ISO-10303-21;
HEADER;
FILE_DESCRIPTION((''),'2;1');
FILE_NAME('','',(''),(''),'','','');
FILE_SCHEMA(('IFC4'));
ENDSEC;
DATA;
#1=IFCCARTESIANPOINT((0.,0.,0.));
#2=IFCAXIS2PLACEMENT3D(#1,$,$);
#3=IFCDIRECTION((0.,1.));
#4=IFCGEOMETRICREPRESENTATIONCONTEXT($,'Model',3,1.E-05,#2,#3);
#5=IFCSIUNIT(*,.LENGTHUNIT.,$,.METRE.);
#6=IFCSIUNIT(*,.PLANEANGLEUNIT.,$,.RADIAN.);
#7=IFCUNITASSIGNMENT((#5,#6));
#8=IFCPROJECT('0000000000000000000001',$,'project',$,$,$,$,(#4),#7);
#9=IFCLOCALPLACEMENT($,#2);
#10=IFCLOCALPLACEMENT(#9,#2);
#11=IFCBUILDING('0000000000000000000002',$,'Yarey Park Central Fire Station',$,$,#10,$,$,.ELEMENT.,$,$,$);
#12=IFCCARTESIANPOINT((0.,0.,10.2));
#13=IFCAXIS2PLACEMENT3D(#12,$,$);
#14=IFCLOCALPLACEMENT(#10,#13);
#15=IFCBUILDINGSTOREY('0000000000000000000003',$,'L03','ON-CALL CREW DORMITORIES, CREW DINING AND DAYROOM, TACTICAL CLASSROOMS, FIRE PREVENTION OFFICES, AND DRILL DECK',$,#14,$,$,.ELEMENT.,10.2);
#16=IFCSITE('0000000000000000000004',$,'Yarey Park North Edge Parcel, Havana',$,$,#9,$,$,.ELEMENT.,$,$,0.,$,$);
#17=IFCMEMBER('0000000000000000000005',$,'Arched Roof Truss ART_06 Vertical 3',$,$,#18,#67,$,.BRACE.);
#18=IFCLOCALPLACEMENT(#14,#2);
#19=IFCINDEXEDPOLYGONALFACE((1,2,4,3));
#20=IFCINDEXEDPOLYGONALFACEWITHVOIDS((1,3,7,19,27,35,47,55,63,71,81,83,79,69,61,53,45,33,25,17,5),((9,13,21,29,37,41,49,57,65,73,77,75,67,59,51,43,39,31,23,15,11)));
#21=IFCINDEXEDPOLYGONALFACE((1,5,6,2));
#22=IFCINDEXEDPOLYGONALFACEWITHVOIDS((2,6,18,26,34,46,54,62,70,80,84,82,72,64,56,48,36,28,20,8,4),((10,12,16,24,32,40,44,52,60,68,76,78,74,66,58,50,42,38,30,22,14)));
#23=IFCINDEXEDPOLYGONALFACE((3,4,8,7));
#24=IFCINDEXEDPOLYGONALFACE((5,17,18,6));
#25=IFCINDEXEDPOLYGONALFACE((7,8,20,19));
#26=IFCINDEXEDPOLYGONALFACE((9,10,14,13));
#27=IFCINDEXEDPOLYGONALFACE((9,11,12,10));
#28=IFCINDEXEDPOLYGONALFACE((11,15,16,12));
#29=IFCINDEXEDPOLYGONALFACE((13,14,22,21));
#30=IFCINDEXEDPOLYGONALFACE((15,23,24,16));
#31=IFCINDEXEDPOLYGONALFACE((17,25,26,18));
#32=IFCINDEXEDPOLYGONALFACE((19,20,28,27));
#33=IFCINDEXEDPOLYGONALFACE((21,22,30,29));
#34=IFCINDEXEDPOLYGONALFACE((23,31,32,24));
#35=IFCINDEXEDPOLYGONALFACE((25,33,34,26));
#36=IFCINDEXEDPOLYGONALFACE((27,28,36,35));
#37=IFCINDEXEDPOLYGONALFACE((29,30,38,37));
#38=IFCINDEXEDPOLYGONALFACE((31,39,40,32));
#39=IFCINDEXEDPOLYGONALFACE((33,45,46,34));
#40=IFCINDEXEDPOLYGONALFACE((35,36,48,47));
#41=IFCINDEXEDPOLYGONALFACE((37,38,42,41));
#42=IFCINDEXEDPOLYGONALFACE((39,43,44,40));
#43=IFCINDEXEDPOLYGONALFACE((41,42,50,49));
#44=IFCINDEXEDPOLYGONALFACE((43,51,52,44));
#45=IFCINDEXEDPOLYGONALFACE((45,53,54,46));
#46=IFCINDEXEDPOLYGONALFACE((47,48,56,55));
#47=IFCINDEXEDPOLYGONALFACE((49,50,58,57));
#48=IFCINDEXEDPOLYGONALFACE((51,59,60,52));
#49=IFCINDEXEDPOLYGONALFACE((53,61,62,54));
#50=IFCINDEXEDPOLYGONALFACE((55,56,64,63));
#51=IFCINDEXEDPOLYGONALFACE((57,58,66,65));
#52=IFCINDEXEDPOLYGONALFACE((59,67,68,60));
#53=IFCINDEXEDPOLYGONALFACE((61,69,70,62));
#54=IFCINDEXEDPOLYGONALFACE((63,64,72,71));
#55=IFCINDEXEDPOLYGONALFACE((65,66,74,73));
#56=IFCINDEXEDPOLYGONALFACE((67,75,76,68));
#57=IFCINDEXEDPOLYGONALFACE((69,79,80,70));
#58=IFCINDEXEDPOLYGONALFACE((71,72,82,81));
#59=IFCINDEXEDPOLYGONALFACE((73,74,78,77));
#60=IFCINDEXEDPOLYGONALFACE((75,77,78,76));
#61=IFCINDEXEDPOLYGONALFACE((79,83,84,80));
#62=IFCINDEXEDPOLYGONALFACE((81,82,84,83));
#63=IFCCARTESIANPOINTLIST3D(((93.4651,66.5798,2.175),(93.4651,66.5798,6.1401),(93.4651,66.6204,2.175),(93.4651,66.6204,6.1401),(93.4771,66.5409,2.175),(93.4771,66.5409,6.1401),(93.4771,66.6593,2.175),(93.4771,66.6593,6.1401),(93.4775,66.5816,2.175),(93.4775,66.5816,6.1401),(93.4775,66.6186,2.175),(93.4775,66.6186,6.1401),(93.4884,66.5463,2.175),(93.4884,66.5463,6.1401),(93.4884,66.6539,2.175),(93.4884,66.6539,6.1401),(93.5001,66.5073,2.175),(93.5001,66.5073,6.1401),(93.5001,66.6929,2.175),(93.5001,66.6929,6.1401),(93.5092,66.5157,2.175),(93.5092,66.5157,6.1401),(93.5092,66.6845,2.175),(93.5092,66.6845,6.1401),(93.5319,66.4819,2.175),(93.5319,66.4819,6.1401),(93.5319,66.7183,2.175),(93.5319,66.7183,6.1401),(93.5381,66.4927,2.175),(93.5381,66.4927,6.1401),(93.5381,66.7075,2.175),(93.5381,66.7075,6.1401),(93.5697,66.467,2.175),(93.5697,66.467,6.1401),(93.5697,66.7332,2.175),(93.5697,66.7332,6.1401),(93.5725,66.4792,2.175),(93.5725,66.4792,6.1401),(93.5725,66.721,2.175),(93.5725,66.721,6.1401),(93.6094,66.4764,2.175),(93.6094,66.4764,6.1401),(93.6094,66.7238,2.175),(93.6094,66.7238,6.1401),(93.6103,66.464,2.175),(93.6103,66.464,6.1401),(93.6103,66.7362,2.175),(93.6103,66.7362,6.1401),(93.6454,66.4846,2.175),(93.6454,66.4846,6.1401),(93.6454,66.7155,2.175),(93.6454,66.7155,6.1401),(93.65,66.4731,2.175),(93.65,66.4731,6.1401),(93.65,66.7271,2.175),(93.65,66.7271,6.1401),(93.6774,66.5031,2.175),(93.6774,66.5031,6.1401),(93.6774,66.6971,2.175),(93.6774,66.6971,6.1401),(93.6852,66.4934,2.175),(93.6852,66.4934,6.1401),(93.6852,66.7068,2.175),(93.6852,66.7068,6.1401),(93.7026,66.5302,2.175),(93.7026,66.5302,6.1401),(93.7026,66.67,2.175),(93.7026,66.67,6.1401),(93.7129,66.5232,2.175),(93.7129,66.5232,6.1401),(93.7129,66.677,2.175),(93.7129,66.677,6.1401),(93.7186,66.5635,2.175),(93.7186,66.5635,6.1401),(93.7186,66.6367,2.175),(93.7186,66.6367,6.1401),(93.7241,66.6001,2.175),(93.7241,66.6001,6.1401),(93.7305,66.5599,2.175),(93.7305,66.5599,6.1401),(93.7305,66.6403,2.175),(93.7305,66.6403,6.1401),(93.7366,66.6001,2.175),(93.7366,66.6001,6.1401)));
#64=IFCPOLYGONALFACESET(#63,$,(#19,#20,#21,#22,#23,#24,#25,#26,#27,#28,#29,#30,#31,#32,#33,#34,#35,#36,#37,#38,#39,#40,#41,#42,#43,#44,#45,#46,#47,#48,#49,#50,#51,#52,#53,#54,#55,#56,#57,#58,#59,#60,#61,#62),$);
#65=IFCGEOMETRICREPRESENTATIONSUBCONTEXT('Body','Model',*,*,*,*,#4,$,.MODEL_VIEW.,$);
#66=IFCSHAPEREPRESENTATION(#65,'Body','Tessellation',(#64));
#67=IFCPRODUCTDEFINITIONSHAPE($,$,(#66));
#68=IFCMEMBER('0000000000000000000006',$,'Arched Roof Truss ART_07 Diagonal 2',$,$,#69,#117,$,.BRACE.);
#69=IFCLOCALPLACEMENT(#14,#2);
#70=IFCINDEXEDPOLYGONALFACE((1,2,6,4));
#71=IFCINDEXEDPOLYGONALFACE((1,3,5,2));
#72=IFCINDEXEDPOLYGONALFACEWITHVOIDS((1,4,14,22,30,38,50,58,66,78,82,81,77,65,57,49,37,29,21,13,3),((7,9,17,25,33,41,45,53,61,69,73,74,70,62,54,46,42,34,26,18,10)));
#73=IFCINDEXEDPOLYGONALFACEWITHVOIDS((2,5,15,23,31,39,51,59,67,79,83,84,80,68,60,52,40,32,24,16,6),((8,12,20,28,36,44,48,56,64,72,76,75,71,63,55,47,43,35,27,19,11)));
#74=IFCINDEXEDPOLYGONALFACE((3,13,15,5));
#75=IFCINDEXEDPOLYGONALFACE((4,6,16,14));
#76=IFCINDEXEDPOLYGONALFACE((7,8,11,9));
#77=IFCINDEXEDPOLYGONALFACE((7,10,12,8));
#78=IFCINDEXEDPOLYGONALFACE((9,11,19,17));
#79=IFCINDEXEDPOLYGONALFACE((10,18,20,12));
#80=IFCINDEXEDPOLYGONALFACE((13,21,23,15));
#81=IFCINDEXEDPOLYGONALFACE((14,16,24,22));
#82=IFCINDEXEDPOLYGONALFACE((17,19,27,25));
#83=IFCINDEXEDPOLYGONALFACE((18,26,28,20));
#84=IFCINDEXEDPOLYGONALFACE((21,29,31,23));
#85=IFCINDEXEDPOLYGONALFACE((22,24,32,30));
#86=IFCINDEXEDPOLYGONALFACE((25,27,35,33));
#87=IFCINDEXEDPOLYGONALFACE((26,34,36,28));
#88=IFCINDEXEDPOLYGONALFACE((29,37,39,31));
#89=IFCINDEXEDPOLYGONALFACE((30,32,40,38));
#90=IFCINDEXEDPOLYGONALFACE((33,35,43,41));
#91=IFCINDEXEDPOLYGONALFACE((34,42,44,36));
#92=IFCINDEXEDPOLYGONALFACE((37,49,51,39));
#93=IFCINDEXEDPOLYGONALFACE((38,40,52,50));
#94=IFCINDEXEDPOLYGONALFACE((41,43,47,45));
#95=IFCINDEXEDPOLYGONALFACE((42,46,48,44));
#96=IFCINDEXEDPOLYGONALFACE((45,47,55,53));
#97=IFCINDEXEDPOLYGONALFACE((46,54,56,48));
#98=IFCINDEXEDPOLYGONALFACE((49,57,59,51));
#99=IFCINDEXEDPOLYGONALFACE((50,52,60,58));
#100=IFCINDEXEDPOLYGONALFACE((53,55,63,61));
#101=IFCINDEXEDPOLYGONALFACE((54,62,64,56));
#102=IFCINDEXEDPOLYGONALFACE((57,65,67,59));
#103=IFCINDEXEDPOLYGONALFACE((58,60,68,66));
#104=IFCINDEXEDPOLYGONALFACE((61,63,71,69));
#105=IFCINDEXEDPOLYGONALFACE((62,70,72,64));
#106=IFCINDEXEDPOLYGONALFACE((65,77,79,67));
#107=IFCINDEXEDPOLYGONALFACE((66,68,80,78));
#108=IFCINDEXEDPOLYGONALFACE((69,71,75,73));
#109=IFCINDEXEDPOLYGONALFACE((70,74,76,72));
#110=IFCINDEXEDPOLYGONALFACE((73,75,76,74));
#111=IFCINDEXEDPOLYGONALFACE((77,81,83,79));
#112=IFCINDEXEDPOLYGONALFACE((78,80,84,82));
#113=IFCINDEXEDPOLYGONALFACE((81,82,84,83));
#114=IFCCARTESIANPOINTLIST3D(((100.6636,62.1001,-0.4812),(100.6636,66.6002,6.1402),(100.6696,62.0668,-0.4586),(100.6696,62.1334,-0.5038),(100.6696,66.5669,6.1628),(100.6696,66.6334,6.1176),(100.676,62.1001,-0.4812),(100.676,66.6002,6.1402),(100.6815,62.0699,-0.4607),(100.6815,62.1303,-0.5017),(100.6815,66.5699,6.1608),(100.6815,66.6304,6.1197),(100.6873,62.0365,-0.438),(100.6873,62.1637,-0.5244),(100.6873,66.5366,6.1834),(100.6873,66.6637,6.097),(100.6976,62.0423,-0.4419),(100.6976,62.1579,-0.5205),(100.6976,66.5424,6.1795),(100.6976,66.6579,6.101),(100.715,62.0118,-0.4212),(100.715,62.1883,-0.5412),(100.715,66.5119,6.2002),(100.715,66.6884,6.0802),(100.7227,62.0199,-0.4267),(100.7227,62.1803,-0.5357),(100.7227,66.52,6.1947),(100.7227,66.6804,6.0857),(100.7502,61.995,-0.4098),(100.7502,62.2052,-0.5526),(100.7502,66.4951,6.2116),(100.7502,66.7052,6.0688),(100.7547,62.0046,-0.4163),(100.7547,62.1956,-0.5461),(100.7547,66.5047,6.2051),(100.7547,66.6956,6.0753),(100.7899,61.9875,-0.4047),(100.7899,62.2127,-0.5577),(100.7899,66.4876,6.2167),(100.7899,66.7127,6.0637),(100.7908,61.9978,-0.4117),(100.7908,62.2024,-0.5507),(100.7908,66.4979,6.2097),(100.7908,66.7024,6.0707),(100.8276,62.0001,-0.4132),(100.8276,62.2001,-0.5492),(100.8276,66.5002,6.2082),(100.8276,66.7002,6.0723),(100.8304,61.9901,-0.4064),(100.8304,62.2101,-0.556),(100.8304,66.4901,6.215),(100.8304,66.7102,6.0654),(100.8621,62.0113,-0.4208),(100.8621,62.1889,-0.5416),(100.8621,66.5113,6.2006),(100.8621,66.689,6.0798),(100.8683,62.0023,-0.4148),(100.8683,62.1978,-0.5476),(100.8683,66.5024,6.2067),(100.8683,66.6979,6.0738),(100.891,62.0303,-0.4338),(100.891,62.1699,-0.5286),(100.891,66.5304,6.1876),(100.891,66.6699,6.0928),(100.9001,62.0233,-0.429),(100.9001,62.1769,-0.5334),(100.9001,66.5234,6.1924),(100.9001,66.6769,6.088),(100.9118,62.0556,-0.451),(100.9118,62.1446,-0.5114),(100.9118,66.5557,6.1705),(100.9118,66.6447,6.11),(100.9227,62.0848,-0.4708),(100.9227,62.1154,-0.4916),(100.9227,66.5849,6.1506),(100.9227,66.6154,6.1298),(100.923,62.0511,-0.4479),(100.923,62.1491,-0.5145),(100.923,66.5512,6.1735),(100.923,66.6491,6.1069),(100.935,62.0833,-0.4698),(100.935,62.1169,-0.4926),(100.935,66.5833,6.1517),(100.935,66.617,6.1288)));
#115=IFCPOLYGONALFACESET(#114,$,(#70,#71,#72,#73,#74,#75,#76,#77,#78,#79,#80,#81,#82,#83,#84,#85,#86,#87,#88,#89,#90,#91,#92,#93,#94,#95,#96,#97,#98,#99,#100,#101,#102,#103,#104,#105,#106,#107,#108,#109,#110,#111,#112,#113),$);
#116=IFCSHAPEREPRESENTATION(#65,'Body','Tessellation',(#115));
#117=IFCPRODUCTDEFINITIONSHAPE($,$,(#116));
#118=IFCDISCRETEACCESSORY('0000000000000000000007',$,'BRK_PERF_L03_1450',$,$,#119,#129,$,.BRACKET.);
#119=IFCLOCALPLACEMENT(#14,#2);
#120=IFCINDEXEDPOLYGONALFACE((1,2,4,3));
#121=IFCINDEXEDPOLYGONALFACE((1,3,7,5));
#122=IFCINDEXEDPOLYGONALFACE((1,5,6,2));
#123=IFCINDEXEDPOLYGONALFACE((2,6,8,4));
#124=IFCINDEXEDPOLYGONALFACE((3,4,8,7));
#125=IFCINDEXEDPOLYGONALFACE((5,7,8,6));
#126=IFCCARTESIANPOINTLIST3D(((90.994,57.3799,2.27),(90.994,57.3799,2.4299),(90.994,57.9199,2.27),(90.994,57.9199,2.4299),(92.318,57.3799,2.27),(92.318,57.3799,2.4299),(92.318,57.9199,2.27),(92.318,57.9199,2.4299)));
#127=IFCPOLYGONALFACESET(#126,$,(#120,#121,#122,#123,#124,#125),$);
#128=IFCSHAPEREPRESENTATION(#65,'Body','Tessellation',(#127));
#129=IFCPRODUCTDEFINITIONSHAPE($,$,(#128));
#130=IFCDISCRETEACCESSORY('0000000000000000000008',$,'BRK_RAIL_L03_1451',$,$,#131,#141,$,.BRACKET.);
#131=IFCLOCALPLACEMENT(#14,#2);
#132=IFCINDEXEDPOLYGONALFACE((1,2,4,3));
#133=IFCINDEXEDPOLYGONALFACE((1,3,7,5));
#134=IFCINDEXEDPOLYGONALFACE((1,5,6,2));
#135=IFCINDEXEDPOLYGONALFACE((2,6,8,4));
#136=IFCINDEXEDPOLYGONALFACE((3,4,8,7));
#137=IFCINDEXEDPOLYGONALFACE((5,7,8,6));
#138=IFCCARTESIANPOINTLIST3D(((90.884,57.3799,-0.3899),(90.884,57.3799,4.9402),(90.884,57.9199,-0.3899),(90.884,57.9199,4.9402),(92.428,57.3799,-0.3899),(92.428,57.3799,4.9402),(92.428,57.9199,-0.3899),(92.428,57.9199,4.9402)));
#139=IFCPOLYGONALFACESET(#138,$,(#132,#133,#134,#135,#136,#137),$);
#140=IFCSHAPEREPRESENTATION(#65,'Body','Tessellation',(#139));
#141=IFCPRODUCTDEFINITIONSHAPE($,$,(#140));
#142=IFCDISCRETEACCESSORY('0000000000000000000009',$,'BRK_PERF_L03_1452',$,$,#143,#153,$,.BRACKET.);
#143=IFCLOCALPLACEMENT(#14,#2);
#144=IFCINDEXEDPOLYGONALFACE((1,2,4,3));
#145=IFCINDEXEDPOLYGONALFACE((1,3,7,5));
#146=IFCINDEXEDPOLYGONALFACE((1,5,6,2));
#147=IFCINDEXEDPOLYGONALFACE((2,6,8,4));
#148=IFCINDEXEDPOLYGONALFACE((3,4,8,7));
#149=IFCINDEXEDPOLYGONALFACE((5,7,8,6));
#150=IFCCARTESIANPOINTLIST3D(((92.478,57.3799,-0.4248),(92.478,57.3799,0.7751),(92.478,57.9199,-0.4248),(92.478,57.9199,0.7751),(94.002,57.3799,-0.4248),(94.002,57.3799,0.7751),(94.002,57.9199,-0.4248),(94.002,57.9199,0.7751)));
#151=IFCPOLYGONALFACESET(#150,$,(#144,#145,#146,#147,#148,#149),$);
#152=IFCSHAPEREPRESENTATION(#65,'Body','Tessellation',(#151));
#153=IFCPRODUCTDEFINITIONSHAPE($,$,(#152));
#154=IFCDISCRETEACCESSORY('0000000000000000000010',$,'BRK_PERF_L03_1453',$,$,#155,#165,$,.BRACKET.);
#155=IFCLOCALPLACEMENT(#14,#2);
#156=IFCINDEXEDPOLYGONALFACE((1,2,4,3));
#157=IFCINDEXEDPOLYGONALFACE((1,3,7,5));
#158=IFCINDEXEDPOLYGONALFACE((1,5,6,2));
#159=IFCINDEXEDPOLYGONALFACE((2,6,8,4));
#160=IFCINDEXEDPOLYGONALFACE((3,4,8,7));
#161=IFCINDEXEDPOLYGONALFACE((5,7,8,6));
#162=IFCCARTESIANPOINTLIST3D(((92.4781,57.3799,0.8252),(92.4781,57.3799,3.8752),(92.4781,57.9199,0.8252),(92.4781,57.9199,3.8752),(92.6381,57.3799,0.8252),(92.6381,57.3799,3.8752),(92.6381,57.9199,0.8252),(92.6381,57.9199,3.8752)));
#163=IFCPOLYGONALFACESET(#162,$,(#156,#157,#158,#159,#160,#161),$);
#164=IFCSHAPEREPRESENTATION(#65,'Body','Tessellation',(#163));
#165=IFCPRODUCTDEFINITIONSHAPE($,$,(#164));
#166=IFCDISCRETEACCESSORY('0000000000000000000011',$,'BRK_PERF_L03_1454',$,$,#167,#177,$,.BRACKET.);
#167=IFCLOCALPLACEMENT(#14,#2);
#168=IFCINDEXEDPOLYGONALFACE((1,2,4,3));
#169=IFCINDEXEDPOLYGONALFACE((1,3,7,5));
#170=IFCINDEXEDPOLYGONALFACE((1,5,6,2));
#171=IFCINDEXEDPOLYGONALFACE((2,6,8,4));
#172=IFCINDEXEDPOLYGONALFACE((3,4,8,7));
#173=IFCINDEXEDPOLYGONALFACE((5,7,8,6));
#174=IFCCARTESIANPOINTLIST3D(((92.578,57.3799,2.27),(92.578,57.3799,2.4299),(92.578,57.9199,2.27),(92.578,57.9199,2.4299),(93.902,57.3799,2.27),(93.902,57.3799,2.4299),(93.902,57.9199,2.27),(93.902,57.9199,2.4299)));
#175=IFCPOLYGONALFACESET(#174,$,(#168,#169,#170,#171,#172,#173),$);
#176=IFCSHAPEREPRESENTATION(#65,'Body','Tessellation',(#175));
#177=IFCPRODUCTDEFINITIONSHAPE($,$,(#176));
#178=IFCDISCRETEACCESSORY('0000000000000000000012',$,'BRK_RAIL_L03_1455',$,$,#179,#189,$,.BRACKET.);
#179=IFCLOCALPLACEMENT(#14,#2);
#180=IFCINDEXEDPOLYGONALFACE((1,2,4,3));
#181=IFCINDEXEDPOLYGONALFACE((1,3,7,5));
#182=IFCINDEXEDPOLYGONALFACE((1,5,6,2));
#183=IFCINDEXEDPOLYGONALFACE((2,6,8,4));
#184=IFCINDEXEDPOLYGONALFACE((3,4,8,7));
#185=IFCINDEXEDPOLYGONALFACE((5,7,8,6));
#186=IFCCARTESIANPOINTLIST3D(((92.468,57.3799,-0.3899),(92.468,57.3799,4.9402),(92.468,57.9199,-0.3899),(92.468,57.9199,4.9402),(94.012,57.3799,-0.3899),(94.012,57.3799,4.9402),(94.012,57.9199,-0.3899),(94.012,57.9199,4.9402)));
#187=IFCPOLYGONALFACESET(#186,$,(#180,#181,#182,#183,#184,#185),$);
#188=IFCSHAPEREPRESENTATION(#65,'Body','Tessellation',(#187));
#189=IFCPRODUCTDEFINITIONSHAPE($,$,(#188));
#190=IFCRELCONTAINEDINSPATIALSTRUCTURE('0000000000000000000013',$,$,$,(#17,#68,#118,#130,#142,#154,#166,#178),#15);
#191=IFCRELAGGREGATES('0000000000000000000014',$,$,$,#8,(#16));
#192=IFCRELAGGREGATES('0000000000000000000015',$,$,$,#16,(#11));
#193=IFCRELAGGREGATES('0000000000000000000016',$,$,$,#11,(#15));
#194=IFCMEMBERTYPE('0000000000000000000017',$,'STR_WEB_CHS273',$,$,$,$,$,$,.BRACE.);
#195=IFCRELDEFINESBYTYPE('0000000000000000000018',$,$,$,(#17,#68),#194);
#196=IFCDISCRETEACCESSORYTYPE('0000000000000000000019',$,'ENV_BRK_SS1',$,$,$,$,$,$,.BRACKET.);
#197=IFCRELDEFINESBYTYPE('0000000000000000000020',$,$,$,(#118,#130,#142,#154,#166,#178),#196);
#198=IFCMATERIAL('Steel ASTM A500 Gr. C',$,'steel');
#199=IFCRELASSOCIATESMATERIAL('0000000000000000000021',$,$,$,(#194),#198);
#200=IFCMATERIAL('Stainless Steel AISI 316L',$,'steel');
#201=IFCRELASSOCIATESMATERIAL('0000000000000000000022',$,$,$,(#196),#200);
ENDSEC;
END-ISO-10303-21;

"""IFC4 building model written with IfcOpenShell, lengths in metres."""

from ifc_helpers import new_model, si_unit, direction, frame, origin, origin_2d, place, context, subcontext, project, spatial, rectangle, hollow_circle, extrude, material, material_profile, profile_set, type_object, element, save


model = new_model("IFC4")

# Units and contexts
model_context = context("Model", 3, precision=1e-05, world=origin(), true_north=direction((0.0, 1.0)))
body_context = subcontext(model_context, "Body", "Model", "MODEL_VIEW")
ifc_project = project(units=[si_unit("LENGTHUNIT", "METRE"), si_unit("PLANEANGLEUNIT", "RADIAN")], contexts=[model_context])

# Site, building, storey
site_placement = place(None, origin())
site = spatial("IfcSite", under=ifc_project, at=site_placement, Name="Yarey Park North Edge Parcel, Havana", CompositionType="ELEMENT", RefElevation=0.0)
building_placement = place(site_placement, origin())
building = spatial("IfcBuilding", under=site, at=building_placement, Name="Yarey Park Central Fire Station", CompositionType="ELEMENT")
storey_placement = place(building_placement, frame((0.0, 0.0, 10.2)))
storey = spatial("IfcBuildingStorey", under=building, at=storey_placement, Name="L03", Description="ON-CALL CREW DORMITORIES, CREW DINING AND DAYROOM, TACTICAL CLASSROOMS, FIRE PREVENTION OFFICES, AND DRILL DECK", CompositionType="ELEMENT", Elevation=10.2)

# Members
ifc_material_1 = material(Name="Steel ASTM A500 Gr. C", Category="steel")
ifc_material_profile_1 = material_profile(ifc_material_1, hollow_circle(Radius=0.1365, WallThickness=0.0125, at=origin_2d()), Name="CHS 273x12.5")
ifc_profile_set_1 = profile_set([ifc_material_profile_1], Name="Steel ASTM A500 Gr. C")
member_type_1 = type_object("IfcMemberType", Name="STR_WEB_CHS273", PredefinedType="BRACE", material=ifc_profile_set_1)
member_1_placement = place(storey_placement, frame((93.6001, 66.6001, 2.175), z_axis=(0.0, 0.0, 1.0), x_axis=(1.0, 0.0, 0.0)))
element("IfcMember", 1, at=member_1_placement, inside=storey, type_object=member_type_1, Name="Arched Roof Truss ART_06 Vertical 3", PredefinedType="BRACE", context=body_context, shape_type="SweptSolid", body=[
    extrude(hollow_circle(Radius=0.1365, WallThickness=0.0125, at=origin_2d()), origin(), (0.0, 0.0, 1.0), 3.9651),
])
member_2_placement = place(storey_placement, frame((100.8, 62.1001, -0.4812), z_axis=(0.0, 0.562096, 0.827072), x_axis=(-1.0, 0.0, 0.0)))
element("IfcMember", 2, at=member_2_placement, inside=storey, type_object=member_type_1, Name="Arched Roof Truss ART_07 Diagonal 2", PredefinedType="BRACE", context=body_context, shape_type="SweptSolid", body=[
    extrude(hollow_circle(Radius=0.1365, WallThickness=0.0125, at=origin_2d()), origin(), (0.0, 0.0, 1.0), 8.0059),
])

# Discrete accessories
ifc_material_2 = material(Name="Stainless Steel AISI 316L", Category="steel")
discrete_accessory_type = type_object("IfcDiscreteAccessoryType", Name="ENV_BRK_SS1", PredefinedType="BRACKET", material=ifc_material_2)
discrete_accessory_1_placement = place(storey_placement, frame((91.656, 57.6499, 2.27), z_axis=(0.0, 0.0, 1.0), x_axis=(1.0, 0.0, 0.0)))
element("IfcDiscreteAccessory", 3, at=discrete_accessory_1_placement, inside=storey, type_object=discrete_accessory_type, Name="BRK_PERF_L03_1450", PredefinedType="BRACKET", context=body_context, shape_type="SweptSolid", body=[
    extrude(rectangle(XDim=1.324, YDim=0.54, at=origin_2d()), origin(), (0.0, 0.0, 1.0), 0.1599),
])
discrete_accessory_2_placement = place(storey_placement, frame((91.656, 57.6499, -0.3899), z_axis=(0.0, 0.0, 1.0), x_axis=(1.0, 0.0, 0.0)))
element("IfcDiscreteAccessory", 4, at=discrete_accessory_2_placement, inside=storey, type_object=discrete_accessory_type, Name="BRK_RAIL_L03_1451", PredefinedType="BRACKET", context=body_context, shape_type="SweptSolid", body=[
    extrude(rectangle(XDim=1.5439, YDim=0.54, at=origin_2d()), origin(), (0.0, 0.0, 1.0), 5.3301),
])
discrete_accessory_3_placement = place(storey_placement, frame((93.24, 57.6499, -0.4248), z_axis=(0.0, 0.0, 1.0), x_axis=(1.0, 0.0, 0.0)))
element("IfcDiscreteAccessory", 5, at=discrete_accessory_3_placement, inside=storey, type_object=discrete_accessory_type, Name="BRK_PERF_L03_1452", PredefinedType="BRACKET", context=body_context, shape_type="SweptSolid", body=[
    extrude(rectangle(XDim=1.5239, YDim=0.54, at=origin_2d()), origin(), (0.0, 0.0, 1.0), 1.2),
])
discrete_accessory_4_placement = place(storey_placement, frame((92.5581, 57.6499, 0.8252), z_axis=(0.0, 0.0, 1.0), x_axis=(1.0, 0.0, 0.0)))
element("IfcDiscreteAccessory", 6, at=discrete_accessory_4_placement, inside=storey, type_object=discrete_accessory_type, Name="BRK_PERF_L03_1453", PredefinedType="BRACKET", context=body_context, shape_type="SweptSolid", body=[
    extrude(rectangle(XDim=0.1599, YDim=0.54, at=origin_2d()), origin(), (0.0, 0.0, 1.0), 3.05),
])
discrete_accessory_5_placement = place(storey_placement, frame((93.24, 57.6499, 2.27), z_axis=(0.0, 0.0, 1.0), x_axis=(1.0, 0.0, 0.0)))
element("IfcDiscreteAccessory", 7, at=discrete_accessory_5_placement, inside=storey, type_object=discrete_accessory_type, Name="BRK_PERF_L03_1454", PredefinedType="BRACKET", context=body_context, shape_type="SweptSolid", body=[
    extrude(rectangle(XDim=1.324, YDim=0.54, at=origin_2d()), origin(), (0.0, 0.0, 1.0), 0.1599),
])
discrete_accessory_6_placement = place(storey_placement, frame((93.24, 57.6499, -0.3899), z_axis=(0.0, 0.0, 1.0), x_axis=(1.0, 0.0, 0.0)))
element("IfcDiscreteAccessory", 8, at=discrete_accessory_6_placement, inside=storey, type_object=discrete_accessory_type, Name="BRK_RAIL_L03_1455", PredefinedType="BRACKET", context=body_context, shape_type="SweptSolid", body=[
    extrude(rectangle(XDim=1.5439, YDim=0.54, at=origin_2d()), origin(), (0.0, 0.0, 1.0), 5.3301),
])

save(model, "model.ifc")
